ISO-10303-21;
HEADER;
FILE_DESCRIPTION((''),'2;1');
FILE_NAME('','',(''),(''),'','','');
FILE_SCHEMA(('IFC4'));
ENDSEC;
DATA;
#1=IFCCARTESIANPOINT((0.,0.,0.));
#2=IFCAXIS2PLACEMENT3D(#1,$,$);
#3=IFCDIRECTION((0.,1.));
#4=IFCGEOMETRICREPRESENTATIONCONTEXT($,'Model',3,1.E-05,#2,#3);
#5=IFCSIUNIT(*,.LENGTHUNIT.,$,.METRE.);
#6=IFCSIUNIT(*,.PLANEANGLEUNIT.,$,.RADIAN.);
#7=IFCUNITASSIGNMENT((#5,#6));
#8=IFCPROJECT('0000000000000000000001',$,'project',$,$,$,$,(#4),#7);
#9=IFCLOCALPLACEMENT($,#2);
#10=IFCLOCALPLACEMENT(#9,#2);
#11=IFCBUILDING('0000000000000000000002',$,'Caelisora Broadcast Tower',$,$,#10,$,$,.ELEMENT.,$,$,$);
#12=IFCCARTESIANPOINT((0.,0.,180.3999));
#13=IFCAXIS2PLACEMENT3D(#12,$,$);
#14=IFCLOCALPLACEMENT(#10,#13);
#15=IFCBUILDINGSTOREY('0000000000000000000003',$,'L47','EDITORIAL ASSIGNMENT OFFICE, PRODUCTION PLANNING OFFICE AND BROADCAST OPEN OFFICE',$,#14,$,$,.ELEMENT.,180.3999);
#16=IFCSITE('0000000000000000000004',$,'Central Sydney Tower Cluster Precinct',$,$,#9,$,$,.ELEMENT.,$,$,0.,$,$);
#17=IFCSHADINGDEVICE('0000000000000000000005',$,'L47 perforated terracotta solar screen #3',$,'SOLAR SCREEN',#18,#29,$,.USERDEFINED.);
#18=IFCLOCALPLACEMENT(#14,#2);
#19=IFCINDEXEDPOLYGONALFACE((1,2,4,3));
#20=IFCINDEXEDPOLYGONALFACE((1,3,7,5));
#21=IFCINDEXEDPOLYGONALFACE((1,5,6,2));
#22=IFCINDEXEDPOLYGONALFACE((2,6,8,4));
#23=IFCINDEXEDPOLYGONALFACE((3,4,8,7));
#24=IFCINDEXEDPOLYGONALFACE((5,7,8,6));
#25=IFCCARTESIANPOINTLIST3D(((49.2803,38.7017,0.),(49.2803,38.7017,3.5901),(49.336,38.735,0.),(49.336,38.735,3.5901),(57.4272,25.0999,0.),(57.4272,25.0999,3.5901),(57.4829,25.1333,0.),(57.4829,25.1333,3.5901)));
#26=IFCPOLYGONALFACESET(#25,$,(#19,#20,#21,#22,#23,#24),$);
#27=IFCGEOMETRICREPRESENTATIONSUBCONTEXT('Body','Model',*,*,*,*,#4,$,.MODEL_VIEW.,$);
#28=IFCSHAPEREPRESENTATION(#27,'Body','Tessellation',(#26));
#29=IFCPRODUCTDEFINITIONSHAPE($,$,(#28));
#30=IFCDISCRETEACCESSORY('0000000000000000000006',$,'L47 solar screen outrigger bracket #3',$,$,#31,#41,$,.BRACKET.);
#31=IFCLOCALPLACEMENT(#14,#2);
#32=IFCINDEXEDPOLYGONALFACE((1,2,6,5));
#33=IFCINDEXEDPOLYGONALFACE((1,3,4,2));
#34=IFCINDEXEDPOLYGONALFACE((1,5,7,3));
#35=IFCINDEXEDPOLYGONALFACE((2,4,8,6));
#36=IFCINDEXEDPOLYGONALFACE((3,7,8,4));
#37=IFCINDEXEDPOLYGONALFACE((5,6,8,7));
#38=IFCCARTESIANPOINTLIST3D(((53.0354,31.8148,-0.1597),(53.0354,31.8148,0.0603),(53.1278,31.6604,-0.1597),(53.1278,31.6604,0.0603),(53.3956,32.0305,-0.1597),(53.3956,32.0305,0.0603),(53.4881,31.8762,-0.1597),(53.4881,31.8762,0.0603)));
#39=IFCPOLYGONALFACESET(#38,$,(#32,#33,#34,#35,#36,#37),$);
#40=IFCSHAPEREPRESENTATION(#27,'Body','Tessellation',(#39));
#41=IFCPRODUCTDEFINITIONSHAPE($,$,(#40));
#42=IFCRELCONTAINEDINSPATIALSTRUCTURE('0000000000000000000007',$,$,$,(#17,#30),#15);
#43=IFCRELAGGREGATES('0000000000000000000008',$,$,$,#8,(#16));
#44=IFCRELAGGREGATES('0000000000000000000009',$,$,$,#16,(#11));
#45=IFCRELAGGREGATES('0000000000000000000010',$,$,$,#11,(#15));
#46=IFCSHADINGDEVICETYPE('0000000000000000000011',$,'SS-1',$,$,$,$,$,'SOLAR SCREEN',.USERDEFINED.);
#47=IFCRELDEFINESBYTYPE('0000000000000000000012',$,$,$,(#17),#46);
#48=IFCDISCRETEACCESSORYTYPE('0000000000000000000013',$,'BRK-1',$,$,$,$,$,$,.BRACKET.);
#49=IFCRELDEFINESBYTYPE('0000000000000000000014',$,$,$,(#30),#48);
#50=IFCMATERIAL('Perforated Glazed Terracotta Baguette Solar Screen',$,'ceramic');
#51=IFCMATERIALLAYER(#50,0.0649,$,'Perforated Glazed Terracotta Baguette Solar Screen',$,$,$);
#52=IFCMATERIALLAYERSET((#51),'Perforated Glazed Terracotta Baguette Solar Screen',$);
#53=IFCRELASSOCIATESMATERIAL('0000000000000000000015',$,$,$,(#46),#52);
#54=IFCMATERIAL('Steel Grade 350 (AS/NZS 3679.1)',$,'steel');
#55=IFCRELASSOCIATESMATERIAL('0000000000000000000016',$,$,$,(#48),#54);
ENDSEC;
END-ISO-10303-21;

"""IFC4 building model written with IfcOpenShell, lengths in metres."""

from ifc_helpers import new_model, si_unit, direction, frame, origin, origin_2d, place, context, subcontext, project, spatial, rectangle, extrude, source, transform, mapped, material, layer, layer_set, type_object, type_shapes, element, save


model = new_model("IFC4")

# Units and contexts
model_context = context("Model", 3, precision=1e-05, world=origin(), true_north=direction((0.0, 1.0)))
body_context = subcontext(model_context, "Body", "Model", "MODEL_VIEW")
ifc_project = project(units=[si_unit("LENGTHUNIT", "METRE"), si_unit("PLANEANGLEUNIT", "RADIAN")], contexts=[model_context])

# Site, building, storey
site_placement = place(None, origin())
site = spatial("IfcSite", under=ifc_project, at=site_placement, Name="Central Sydney Tower Cluster Precinct", CompositionType="ELEMENT", RefElevation=0.0)
building_placement = place(site_placement, origin())
building = spatial("IfcBuilding", under=site, at=building_placement, Name="Caelisora Broadcast Tower", CompositionType="ELEMENT")
storey_placement = place(building_placement, frame((0.0, 0.0, 180.3999)))
storey = spatial("IfcBuildingStorey", under=building, at=storey_placement, Name="L47", Description="EDITORIAL ASSIGNMENT OFFICE, PRODUCTION PLANNING OFFICE AND BROADCAST OPEN OFFICE", CompositionType="ELEMENT", Elevation=180.3999)

# Shared definitions
ifc_material_1 = material(Name="Steel Grade 350 (AS/NZS 3679.1)", Category="steel")

# Shading device
ifc_material_2 = material(Name="Perforated Glazed Terracotta Baguette Solar Screen", Category="ceramic")
ifc_layer_1 = layer(ifc_material_2, 0.0649, Name="Perforated Glazed Terracotta Baguette Solar Screen")
ifc_layer_set_1 = layer_set([ifc_layer_1], Name="Perforated Glazed Terracotta Baguette Solar Screen")
shading_device_type = type_object("IfcShadingDeviceType", Name="SS-1", ElementType="SOLAR SCREEN", PredefinedType="USERDEFINED", material=ifc_layer_set_1)
shared_shape_1 = source(origin(), body_context, "Body", "SweptSolid", [
    extrude(rectangle(XDim=15.855, YDim=0.0649, at=origin_2d()), origin(), (0.0, 0.0, 1.0), 3.5901),
])
type_shapes(shading_device_type, [shared_shape_1])
shading_device_placement = place(storey_placement, frame((53.3816, 31.9175, 0.0), z_axis=(0.0, 0.0, 1.0), x_axis=(-0.513841, 0.857886, 0.0)))
element("IfcShadingDevice", 1, at=shading_device_placement, inside=storey, type_object=shading_device_type, Name="L47 perforated terracotta solar screen #3", ObjectType="SOLAR SCREEN", PredefinedType="USERDEFINED", context=body_context, shape_type="MappedRepresentation", body=[
    mapped(shared_shape_1, transform((0.0, 0.0, 0.0), scale=1.0)),
])

# Discrete accessory
discrete_accessory_type = type_object("IfcDiscreteAccessoryType", Name="BRK-1", PredefinedType="BRACKET", material=ifc_material_1)
shared_shape_2 = source(origin(), body_context, "Body", "SweptSolid", [
    extrude(rectangle(XDim=0.1799, YDim=0.4199, at=origin_2d()), origin(), (0.0, 0.0, 1.0), 0.22),
])
type_shapes(discrete_accessory_type, [shared_shape_2])
discrete_accessory_placement = place(storey_placement, frame((53.2617, 31.8455, -0.1597), z_axis=(0.0, 0.0, 1.0), x_axis=(-0.513841, 0.857886, 0.0)))
element("IfcDiscreteAccessory", 2, at=discrete_accessory_placement, inside=storey, type_object=discrete_accessory_type, Name="L47 solar screen outrigger bracket #3", PredefinedType="BRACKET", context=body_context, shape_type="MappedRepresentation", body=[
    mapped(shared_shape_2, transform((0.0, 0.0, 0.0), scale=1.0)),
])

save(model, "model.ifc")
